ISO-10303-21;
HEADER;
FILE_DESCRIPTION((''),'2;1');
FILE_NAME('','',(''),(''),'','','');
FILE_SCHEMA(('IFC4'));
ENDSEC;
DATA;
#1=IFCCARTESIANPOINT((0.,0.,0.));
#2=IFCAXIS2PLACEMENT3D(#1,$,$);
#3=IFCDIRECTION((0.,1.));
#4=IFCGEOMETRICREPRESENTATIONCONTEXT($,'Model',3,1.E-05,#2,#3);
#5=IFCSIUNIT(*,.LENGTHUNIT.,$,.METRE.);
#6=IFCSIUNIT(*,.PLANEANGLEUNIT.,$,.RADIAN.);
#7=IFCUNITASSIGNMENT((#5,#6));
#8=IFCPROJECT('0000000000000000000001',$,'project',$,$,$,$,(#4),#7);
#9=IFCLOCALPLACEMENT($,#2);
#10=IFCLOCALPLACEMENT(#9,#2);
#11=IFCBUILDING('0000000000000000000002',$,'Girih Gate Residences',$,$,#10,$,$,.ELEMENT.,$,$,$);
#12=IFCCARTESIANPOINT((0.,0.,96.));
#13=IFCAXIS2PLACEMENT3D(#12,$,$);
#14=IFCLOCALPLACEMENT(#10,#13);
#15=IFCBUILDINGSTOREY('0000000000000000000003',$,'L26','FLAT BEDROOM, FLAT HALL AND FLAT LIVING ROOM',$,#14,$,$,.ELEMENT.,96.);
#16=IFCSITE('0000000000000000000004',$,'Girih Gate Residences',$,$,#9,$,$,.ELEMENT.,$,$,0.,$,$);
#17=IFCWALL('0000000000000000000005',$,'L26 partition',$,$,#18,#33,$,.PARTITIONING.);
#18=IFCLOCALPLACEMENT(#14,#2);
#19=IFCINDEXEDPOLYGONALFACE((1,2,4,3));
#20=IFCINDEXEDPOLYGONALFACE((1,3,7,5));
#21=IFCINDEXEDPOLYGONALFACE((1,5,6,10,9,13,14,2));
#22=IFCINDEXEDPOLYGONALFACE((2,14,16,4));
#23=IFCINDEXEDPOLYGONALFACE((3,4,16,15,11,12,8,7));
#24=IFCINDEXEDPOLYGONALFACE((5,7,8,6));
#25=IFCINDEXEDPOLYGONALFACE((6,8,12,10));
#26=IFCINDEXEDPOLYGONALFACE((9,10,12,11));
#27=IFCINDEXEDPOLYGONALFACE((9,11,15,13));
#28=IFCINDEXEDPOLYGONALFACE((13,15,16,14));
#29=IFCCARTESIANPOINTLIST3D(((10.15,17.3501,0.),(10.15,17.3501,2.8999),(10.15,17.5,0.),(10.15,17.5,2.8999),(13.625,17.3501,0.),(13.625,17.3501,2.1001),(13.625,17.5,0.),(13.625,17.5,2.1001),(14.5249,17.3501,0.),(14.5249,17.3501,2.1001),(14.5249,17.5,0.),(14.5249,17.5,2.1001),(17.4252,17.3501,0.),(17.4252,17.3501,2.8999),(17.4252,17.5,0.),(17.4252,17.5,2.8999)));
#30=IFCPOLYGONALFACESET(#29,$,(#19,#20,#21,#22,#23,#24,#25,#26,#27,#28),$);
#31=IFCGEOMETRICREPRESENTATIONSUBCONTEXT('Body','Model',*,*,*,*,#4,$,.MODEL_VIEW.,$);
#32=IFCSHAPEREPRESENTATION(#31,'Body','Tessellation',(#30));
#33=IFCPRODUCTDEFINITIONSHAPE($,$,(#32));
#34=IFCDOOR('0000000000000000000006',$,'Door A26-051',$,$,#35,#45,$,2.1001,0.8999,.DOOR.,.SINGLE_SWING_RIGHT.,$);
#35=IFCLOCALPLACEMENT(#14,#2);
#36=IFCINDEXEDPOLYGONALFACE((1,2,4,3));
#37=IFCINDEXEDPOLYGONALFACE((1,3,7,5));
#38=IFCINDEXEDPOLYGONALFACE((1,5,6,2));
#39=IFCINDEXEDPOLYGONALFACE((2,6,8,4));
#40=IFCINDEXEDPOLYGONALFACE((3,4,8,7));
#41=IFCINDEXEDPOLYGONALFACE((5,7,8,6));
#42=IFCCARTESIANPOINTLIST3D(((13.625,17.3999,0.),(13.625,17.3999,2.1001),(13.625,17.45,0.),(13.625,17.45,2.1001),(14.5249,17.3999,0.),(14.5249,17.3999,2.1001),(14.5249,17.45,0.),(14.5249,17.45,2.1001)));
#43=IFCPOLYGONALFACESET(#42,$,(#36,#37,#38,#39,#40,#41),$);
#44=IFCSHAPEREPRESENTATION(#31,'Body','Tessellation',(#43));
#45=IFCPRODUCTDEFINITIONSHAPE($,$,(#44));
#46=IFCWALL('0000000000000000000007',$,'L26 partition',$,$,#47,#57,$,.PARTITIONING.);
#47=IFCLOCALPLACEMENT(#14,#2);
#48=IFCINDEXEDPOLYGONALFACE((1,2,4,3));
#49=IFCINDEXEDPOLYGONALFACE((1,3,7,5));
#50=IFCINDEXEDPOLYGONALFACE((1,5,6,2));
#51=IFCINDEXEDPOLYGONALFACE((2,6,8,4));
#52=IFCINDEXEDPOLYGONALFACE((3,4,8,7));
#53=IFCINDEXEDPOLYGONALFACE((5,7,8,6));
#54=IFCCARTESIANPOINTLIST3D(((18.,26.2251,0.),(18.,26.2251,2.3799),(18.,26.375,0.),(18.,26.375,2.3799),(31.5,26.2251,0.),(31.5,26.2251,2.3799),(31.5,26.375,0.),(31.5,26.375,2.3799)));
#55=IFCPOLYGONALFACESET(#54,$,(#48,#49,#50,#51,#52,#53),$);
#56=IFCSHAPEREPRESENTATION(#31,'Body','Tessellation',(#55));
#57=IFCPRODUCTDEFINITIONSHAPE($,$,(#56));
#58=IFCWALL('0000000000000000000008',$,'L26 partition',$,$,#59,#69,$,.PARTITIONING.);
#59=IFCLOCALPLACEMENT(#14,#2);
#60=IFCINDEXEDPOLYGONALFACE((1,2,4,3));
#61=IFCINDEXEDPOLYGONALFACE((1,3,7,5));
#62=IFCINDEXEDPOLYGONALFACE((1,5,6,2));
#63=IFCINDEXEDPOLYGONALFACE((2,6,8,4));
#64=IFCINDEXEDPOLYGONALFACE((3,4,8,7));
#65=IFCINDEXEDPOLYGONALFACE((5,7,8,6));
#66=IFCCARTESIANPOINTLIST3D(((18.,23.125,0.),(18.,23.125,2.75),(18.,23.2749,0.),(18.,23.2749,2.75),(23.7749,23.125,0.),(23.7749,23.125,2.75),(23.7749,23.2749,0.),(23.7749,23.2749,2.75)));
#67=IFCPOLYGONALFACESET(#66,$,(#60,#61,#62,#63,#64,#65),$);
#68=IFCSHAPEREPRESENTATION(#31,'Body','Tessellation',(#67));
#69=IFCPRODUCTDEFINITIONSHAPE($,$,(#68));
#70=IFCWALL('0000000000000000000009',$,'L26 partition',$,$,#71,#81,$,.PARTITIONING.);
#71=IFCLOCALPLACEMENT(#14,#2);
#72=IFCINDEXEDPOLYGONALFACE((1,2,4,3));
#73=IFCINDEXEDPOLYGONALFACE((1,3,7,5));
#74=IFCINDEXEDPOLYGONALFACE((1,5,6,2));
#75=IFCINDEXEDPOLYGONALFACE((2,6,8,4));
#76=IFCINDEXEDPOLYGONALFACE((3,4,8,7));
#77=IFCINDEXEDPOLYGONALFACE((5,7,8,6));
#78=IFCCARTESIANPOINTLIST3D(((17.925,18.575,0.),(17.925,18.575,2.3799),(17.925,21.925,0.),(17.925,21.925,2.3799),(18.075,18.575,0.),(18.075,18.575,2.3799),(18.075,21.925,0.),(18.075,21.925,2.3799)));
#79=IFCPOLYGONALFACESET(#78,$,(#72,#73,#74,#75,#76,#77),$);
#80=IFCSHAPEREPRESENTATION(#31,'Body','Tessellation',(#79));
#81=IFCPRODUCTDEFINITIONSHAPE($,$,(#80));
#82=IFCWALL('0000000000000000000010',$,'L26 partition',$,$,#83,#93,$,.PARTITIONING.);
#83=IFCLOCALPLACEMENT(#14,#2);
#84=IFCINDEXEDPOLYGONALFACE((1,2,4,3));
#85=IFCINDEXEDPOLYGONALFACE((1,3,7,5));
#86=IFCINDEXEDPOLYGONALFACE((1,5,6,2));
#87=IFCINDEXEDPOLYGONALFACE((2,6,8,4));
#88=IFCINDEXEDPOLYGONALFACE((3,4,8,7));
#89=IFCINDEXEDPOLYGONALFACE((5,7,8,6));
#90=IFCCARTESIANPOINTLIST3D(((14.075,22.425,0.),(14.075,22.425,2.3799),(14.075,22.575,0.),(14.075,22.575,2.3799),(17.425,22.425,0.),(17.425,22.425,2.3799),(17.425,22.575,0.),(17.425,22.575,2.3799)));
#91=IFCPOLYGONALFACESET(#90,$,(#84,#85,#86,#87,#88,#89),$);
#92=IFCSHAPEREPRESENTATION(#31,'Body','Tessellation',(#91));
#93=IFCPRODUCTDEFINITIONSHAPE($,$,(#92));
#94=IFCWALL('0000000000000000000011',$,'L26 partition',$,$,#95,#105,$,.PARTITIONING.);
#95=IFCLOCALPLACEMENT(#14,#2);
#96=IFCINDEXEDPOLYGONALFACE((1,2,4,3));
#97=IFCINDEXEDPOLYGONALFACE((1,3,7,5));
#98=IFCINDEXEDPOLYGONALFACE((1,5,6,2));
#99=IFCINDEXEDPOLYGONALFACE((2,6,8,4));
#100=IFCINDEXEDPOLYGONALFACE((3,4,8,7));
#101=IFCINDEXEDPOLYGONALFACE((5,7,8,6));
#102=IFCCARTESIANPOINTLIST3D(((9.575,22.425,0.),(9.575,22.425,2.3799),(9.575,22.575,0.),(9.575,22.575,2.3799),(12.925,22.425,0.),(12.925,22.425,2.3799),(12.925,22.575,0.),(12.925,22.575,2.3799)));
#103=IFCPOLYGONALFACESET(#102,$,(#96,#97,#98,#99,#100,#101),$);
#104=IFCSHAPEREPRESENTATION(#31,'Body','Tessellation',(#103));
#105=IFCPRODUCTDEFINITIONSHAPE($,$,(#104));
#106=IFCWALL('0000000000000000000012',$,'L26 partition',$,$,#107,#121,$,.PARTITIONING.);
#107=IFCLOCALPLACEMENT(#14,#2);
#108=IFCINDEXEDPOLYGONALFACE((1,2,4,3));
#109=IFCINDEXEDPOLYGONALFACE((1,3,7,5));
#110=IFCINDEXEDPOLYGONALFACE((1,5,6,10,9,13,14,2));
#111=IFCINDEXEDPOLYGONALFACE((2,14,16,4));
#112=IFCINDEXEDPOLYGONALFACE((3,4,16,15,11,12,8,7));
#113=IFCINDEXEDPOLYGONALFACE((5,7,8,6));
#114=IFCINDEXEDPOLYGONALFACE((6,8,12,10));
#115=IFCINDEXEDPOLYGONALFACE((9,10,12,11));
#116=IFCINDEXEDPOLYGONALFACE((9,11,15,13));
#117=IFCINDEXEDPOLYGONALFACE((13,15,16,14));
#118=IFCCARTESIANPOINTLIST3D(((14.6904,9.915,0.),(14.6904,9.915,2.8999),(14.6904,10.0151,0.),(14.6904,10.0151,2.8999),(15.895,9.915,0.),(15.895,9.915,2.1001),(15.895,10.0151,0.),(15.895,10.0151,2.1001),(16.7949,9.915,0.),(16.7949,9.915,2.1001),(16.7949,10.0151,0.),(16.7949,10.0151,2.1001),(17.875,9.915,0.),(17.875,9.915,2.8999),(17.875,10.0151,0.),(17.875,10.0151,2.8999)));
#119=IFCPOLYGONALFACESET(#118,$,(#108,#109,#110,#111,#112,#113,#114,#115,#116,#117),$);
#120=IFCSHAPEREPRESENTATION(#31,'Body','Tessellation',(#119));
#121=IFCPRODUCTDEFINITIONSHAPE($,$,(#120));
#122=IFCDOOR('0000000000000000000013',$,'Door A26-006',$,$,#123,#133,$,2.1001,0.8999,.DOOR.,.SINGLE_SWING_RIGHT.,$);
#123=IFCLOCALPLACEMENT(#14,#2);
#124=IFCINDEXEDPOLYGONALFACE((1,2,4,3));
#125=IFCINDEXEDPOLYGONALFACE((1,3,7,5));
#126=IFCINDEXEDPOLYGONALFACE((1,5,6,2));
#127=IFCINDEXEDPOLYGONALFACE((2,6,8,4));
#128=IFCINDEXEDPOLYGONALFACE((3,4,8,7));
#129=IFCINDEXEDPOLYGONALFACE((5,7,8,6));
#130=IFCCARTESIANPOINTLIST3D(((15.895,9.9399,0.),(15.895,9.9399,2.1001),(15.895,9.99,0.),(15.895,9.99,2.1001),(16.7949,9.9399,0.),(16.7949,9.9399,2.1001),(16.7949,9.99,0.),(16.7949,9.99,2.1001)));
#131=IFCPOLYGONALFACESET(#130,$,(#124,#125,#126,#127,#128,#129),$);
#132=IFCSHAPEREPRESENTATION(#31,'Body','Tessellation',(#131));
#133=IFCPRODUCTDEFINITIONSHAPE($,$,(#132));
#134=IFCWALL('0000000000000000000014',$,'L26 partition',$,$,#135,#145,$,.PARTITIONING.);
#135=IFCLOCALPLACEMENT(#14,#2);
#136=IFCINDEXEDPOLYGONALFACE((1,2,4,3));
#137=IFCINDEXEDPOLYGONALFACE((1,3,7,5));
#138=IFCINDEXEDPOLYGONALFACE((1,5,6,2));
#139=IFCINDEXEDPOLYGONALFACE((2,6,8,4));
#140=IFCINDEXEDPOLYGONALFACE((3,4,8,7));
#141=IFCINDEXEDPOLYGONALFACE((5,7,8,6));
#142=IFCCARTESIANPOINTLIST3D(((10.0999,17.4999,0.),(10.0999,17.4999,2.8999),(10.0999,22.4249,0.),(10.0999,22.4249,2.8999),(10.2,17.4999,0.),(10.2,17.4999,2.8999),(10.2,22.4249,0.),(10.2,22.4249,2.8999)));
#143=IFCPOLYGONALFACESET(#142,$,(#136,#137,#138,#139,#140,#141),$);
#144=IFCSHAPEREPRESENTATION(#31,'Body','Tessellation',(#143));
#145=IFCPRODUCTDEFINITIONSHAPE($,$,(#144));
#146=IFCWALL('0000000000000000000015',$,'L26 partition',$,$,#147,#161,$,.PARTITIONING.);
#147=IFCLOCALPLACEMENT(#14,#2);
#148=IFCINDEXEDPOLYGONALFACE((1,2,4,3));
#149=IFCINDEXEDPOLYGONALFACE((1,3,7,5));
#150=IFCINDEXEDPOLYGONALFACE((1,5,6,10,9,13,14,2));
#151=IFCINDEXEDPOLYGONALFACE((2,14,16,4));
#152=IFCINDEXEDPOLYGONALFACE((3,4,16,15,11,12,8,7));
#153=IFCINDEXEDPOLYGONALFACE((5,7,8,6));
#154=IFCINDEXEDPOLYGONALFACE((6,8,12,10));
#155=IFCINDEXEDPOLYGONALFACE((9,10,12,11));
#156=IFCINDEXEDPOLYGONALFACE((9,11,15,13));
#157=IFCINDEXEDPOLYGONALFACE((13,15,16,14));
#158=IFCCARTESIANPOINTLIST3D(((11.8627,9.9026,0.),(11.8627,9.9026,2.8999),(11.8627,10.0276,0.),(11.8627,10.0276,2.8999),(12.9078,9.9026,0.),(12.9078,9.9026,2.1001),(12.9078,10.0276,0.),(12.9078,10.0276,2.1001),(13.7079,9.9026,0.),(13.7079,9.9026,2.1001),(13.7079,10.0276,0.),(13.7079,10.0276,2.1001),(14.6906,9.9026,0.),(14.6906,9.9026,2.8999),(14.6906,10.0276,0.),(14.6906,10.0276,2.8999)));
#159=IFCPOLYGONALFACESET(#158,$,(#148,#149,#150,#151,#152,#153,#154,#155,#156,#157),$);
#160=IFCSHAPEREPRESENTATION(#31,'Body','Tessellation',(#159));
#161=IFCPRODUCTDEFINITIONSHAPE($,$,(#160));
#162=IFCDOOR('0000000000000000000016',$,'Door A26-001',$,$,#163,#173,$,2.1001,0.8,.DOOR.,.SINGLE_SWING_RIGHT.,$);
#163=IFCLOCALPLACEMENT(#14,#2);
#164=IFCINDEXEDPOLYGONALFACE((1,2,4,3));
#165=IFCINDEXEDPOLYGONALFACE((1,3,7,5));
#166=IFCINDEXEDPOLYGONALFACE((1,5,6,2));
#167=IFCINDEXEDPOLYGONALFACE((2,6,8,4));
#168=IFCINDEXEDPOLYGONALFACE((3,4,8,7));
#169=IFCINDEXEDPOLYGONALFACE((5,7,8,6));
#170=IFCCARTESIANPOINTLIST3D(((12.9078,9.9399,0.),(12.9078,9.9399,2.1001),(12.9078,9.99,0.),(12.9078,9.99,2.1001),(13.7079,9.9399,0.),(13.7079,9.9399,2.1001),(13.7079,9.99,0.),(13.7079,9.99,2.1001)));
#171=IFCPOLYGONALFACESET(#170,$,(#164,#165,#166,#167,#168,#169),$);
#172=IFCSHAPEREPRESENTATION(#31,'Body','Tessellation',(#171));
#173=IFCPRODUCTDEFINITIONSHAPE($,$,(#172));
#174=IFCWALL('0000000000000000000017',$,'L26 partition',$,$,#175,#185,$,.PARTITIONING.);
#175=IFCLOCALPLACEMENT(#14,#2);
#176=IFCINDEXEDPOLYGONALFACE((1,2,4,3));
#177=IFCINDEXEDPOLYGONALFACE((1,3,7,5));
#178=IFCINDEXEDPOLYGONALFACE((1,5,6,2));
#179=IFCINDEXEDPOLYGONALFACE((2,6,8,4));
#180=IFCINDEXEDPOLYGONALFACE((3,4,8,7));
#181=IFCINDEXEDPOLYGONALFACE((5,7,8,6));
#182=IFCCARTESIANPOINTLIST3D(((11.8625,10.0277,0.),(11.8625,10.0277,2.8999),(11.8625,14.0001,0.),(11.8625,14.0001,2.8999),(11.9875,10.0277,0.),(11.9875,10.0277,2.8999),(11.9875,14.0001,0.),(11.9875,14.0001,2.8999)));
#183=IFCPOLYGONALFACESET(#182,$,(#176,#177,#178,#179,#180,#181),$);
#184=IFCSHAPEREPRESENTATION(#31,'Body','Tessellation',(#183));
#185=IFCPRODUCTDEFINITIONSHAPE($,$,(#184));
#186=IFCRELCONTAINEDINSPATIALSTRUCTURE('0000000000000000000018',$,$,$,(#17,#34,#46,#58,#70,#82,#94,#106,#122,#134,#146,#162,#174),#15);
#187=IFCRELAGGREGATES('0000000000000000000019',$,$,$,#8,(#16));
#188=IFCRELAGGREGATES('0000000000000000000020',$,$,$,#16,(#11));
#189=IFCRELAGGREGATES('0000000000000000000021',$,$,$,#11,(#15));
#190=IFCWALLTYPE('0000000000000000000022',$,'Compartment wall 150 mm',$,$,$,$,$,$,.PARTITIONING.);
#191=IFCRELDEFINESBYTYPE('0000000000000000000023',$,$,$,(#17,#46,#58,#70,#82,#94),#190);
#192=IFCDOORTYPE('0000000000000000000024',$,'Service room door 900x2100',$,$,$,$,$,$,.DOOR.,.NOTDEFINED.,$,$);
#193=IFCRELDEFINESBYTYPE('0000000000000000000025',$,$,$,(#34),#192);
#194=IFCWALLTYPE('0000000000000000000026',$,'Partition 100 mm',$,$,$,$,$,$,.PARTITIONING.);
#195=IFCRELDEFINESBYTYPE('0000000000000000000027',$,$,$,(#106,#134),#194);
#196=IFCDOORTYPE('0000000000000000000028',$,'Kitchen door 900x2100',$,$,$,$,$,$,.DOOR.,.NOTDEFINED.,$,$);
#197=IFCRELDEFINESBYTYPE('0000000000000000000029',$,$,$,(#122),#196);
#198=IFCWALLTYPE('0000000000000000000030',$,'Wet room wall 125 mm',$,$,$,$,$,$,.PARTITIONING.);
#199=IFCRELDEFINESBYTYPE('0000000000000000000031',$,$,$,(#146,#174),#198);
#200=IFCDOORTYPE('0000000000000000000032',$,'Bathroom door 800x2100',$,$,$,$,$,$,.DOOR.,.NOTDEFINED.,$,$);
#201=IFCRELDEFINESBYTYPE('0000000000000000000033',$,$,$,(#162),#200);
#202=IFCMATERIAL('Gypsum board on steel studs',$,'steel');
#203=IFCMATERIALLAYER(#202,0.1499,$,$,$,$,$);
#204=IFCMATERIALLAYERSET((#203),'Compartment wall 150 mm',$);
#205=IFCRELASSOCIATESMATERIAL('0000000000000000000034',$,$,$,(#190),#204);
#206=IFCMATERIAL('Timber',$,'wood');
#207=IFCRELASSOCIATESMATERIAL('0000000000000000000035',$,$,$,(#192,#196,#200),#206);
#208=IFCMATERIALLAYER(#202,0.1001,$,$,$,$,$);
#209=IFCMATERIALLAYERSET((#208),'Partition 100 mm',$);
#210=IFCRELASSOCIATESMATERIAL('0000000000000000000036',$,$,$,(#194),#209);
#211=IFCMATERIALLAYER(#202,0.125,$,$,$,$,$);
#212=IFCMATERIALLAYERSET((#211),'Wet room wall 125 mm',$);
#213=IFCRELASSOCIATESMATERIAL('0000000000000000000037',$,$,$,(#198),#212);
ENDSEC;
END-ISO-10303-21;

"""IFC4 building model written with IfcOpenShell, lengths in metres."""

from ifc_helpers import new_model, si_unit, direction, frame, frame_2d, origin, place, context, subcontext, project, spatial, rectangle, extrude, material, layer, layer_set, type_object, element, fill, save


model = new_model("IFC4")

# Units and contexts
model_context = context("Model", 3, precision=1e-05, world=origin(), true_north=direction((0.0, 1.0)))
body_context = subcontext(model_context, "Body", "Model", "MODEL_VIEW")
ifc_project = project(units=[si_unit("LENGTHUNIT", "METRE"), si_unit("PLANEANGLEUNIT", "RADIAN")], contexts=[model_context])

# Site, building, storey
site_placement = place(None, origin())
site = spatial("IfcSite", under=ifc_project, at=site_placement, Name="Girih Gate Residences", CompositionType="ELEMENT", RefElevation=0.0)
building_placement = place(site_placement, origin())
building = spatial("IfcBuilding", under=site, at=building_placement, Name="Girih Gate Residences", CompositionType="ELEMENT")
storey_placement = place(building_placement, frame((0.0, 0.0, 96.0)))
storey = spatial("IfcBuildingStorey", under=building, at=storey_placement, Name="L26", Description="FLAT BEDROOM, FLAT HALL AND FLAT LIVING ROOM", CompositionType="ELEMENT", Elevation=96.0)

# Shared definitions
ifc_material_1 = material(Name="Gypsum board on steel studs", Category="steel")
ifc_layer_1 = layer(ifc_material_1, 0.1499)
ifc_layer_set_1 = layer_set([ifc_layer_1], Name="Compartment wall 150 mm")
wall_type_1 = type_object("IfcWallType", Name="Compartment wall 150 mm", PredefinedType="PARTITIONING", material=ifc_layer_set_1)

# Wall, opening, door
wall_1_placement = place(storey_placement, frame((10.1499, 17.425, 0.0), z_axis=(0.0, 0.0, 1.0), x_axis=(1.0, 0.0, 0.0)))
wall_1 = element("IfcWall", 1, at=wall_1_placement, inside=storey, type_object=wall_type_1, Name="L26 partition", PredefinedType="PARTITIONING", context=body_context, shape_type="SweptSolid", body=[
    extrude(rectangle(XDim=7.2751, YDim=0.1499, at=frame_2d((3.6377, 0.0))), origin(), (0.0, 0.0, 1.0), 2.8999),
])
opening_1_placement = place(wall_1_placement, frame((3.4751, 0.0, 0.0)))
opening_1 = element("IfcOpeningElement", 2, at=opening_1_placement, cuts=wall_1, PredefinedType="OPENING", context=body_context, shape_type="SweptSolid", body=[
    extrude(rectangle(XDim=0.8999, YDim=2.1001, at=frame_2d((0.45, 1.05))), frame((0.0, 0.085, 0.0), z_axis=(0.0, -1.0, 0.0), x_axis=(1.0, 0.0, 0.0)), (0.0, 0.0, 1.0), 0.1699),
])
ifc_material_2 = material(Name="Timber", Category="wood")
door_type_1 = type_object("IfcDoorType", Name="Service room door 900x2100", OperationType="NOTDEFINED", PredefinedType="DOOR", material=ifc_material_2)
door_1_placement = place(opening_1_placement, origin())
door_1 = element("IfcDoor", 3, at=door_1_placement, inside=storey, type_object=door_type_1, Name="Door A26-051", OperationType="SINGLE_SWING_RIGHT", OverallHeight=2.1001, OverallWidth=0.8999, PredefinedType="DOOR", context=body_context, shape_type="SweptSolid", body=[
    extrude(rectangle(XDim=0.8999, YDim=2.1001, at=frame_2d((0.45, 1.05))), frame((0.0, 0.0249, 0.0), z_axis=(0.0, -1.0, 0.0), x_axis=(1.0, 0.0, 0.0)), (0.0, 0.0, 1.0), 0.05),
])
fill(opening_1, door_1)

# Walls
wall_2_placement = place(storey_placement, frame((18.0, 26.3, 0.0), z_axis=(0.0, 0.0, 1.0), x_axis=(1.0, 0.0, 0.0)))
element("IfcWall", 4, at=wall_2_placement, inside=storey, type_object=wall_type_1, Name="L26 partition", PredefinedType="PARTITIONING", context=body_context, shape_type="SweptSolid", body=[
    extrude(rectangle(XDim=13.5, YDim=0.1499, at=frame_2d((6.75, 0.0))), origin(), (0.0, 0.0, 1.0), 2.3799),
])
wall_3_placement = place(storey_placement, frame((18.0, 23.2, 0.0), z_axis=(0.0, 0.0, 1.0), x_axis=(1.0, 0.0, 0.0)))
element("IfcWall", 5, at=wall_3_placement, inside=storey, type_object=wall_type_1, Name="L26 partition", PredefinedType="PARTITIONING", context=body_context, shape_type="SweptSolid", body=[
    extrude(rectangle(XDim=5.7749, YDim=0.1499, at=frame_2d((2.8875, 0.0))), origin(), (0.0, 0.0, 1.0), 2.75),
])
for number, where, z_axis, x_axis, name in (
    (6, (18.0, 18.575, 0.0), (0.0, 0.0, 1.0), (0.0, 1.0, 0.0), "L26 partition"),
    (7, (14.075, 22.5, 0.0), (0.0, 0.0, 1.0), (1.0, 0.0, 0.0), "L26 partition"),
    (8, (9.575, 22.5, 0.0), (0.0, 0.0, 1.0), (1.0, 0.0, 0.0), "L26 partition"),
):
    element("IfcWall", number, at=place(storey_placement, frame(where, z_axis=z_axis, x_axis=x_axis)), inside=storey, type_object=wall_type_1, Name=name, PredefinedType="PARTITIONING", context=body_context, shape_type="SweptSolid", body=[
        extrude(rectangle(XDim=3.3501, YDim=0.1499, at=frame_2d((1.675, 0.0))), origin(), (0.0, 0.0, 1.0), 2.3799),
    ])

# Wall, opening, door
ifc_layer_2 = layer(ifc_material_1, 0.1001)
ifc_layer_set_2 = layer_set([ifc_layer_2], Name="Partition 100 mm")
wall_type_2 = type_object("IfcWallType", Name="Partition 100 mm", PredefinedType="PARTITIONING", material=ifc_layer_set_2)
wall_4_placement = place(storey_placement, frame((14.6904, 9.9651, 0.0), z_axis=(0.0, 0.0, 1.0), x_axis=(1.0, 0.0, 0.0)))
wall_4 = element("IfcWall", 9, at=wall_4_placement, inside=storey, type_object=wall_type_2, Name="L26 partition", PredefinedType="PARTITIONING", context=body_context, shape_type="SweptSolid", body=[
    extrude(rectangle(XDim=3.1846, YDim=0.1001, at=frame_2d((1.5923, 0.0))), origin(), (0.0, 0.0, 1.0), 2.8999),
])
opening_2_placement = place(wall_4_placement, frame((1.2046, 0.0, 0.0)))
opening_2 = element("IfcOpeningElement", 10, at=opening_2_placement, cuts=wall_4, PredefinedType="OPENING", context=body_context, shape_type="SweptSolid", body=[
    extrude(rectangle(XDim=0.8999, YDim=2.1001, at=frame_2d((0.45, 1.05))), frame((0.0, 0.0601, 0.0), z_axis=(0.0, -1.0, 0.0), x_axis=(1.0, 0.0, 0.0)), (0.0, 0.0, 1.0), 0.1201),
])
door_type_2 = type_object("IfcDoorType", Name="Kitchen door 900x2100", OperationType="NOTDEFINED", PredefinedType="DOOR", material=ifc_material_2)
door_2_placement = place(opening_2_placement, origin())
door_2 = element("IfcDoor", 11, at=door_2_placement, inside=storey, type_object=door_type_2, Name="Door A26-006", OperationType="SINGLE_SWING_RIGHT", OverallHeight=2.1001, OverallWidth=0.8999, PredefinedType="DOOR", context=body_context, shape_type="SweptSolid", body=[
    extrude(rectangle(XDim=0.8999, YDim=2.1001, at=frame_2d((0.45, 1.05))), frame((0.0, 0.0249, 0.0), z_axis=(0.0, -1.0, 0.0), x_axis=(1.0, 0.0, 0.0)), (0.0, 0.0, 1.0), 0.05),
])
fill(opening_2, door_2)

# Wall
wall_5_placement = place(storey_placement, frame((10.1499, 17.5, 0.0), z_axis=(0.0, 0.0, 1.0), x_axis=(0.0, 1.0, 0.0)))
element("IfcWall", 12, at=wall_5_placement, inside=storey, type_object=wall_type_2, Name="L26 partition", PredefinedType="PARTITIONING", context=body_context, shape_type="SweptSolid", body=[
    extrude(rectangle(XDim=4.925, YDim=0.1001, at=frame_2d((2.4624, 0.0))), origin(), (0.0, 0.0, 1.0), 2.8999),
])

# Wall, opening, door
ifc_layer_3 = layer(ifc_material_1, 0.125)
ifc_layer_set_3 = layer_set([ifc_layer_3], Name="Wet room wall 125 mm")
wall_type_3 = type_object("IfcWallType", Name="Wet room wall 125 mm", PredefinedType="PARTITIONING", material=ifc_layer_set_3)
wall_6_placement = place(storey_placement, frame((11.8625, 9.9651, 0.0), z_axis=(0.0, 0.0, 1.0), x_axis=(1.0, 0.0, 0.0)))
wall_6 = element("IfcWall", 13, at=wall_6_placement, inside=storey, type_object=wall_type_3, Name="L26 partition", PredefinedType="PARTITIONING", context=body_context, shape_type="SweptSolid", body=[
    extrude(rectangle(XDim=2.8279, YDim=0.125, at=frame_2d((1.4141, 0.0))), origin(), (0.0, 0.0, 1.0), 2.8999),
])
opening_3_placement = place(wall_6_placement, frame((1.0454, 0.0, 0.0)))
opening_3 = element("IfcOpeningElement", 14, at=opening_3_placement, cuts=wall_6, PredefinedType="OPENING", context=body_context, shape_type="SweptSolid", body=[
    extrude(rectangle(XDim=0.8, YDim=2.1001, at=frame_2d((0.3999, 1.05))), frame((0.0, 0.0725, 0.0), z_axis=(0.0, -1.0, 0.0), x_axis=(1.0, 0.0, 0.0)), (0.0, 0.0, 1.0), 0.145),
])
door_type_3 = type_object("IfcDoorType", Name="Bathroom door 800x2100", OperationType="NOTDEFINED", PredefinedType="DOOR", material=ifc_material_2)
door_3_placement = place(opening_3_placement, origin())
door_3 = element("IfcDoor", 15, at=door_3_placement, inside=storey, type_object=door_type_3, Name="Door A26-001", OperationType="SINGLE_SWING_RIGHT", OverallHeight=2.1001, OverallWidth=0.8, PredefinedType="DOOR", context=body_context, shape_type="SweptSolid", body=[
    extrude(rectangle(XDim=0.8, YDim=2.1001, at=frame_2d((0.3999, 1.05))), frame((0.0, 0.0249, 0.0), z_axis=(0.0, -1.0, 0.0), x_axis=(1.0, 0.0, 0.0)), (0.0, 0.0, 1.0), 0.05),
])
fill(opening_3, door_3)

# Wall
for number, where, z_axis, x_axis, name in (
    (16, (11.925, 10.0276, 0.0), (0.0, 0.0, 1.0), (0.0, 1.0, 0.0), "L26 partition"),
):
    element("IfcWall", number, at=place(storey_placement, frame(where, z_axis=z_axis, x_axis=x_axis)), inside=storey, type_object=wall_type_3, Name=name, PredefinedType="PARTITIONING", context=body_context, shape_type="SweptSolid", body=[
        extrude(rectangle(XDim=3.9724, YDim=0.125, at=frame_2d((1.9863, 0.0))), origin(), (0.0, 0.0, 1.0), 2.8999),
    ])

save(model, "model.ifc")
